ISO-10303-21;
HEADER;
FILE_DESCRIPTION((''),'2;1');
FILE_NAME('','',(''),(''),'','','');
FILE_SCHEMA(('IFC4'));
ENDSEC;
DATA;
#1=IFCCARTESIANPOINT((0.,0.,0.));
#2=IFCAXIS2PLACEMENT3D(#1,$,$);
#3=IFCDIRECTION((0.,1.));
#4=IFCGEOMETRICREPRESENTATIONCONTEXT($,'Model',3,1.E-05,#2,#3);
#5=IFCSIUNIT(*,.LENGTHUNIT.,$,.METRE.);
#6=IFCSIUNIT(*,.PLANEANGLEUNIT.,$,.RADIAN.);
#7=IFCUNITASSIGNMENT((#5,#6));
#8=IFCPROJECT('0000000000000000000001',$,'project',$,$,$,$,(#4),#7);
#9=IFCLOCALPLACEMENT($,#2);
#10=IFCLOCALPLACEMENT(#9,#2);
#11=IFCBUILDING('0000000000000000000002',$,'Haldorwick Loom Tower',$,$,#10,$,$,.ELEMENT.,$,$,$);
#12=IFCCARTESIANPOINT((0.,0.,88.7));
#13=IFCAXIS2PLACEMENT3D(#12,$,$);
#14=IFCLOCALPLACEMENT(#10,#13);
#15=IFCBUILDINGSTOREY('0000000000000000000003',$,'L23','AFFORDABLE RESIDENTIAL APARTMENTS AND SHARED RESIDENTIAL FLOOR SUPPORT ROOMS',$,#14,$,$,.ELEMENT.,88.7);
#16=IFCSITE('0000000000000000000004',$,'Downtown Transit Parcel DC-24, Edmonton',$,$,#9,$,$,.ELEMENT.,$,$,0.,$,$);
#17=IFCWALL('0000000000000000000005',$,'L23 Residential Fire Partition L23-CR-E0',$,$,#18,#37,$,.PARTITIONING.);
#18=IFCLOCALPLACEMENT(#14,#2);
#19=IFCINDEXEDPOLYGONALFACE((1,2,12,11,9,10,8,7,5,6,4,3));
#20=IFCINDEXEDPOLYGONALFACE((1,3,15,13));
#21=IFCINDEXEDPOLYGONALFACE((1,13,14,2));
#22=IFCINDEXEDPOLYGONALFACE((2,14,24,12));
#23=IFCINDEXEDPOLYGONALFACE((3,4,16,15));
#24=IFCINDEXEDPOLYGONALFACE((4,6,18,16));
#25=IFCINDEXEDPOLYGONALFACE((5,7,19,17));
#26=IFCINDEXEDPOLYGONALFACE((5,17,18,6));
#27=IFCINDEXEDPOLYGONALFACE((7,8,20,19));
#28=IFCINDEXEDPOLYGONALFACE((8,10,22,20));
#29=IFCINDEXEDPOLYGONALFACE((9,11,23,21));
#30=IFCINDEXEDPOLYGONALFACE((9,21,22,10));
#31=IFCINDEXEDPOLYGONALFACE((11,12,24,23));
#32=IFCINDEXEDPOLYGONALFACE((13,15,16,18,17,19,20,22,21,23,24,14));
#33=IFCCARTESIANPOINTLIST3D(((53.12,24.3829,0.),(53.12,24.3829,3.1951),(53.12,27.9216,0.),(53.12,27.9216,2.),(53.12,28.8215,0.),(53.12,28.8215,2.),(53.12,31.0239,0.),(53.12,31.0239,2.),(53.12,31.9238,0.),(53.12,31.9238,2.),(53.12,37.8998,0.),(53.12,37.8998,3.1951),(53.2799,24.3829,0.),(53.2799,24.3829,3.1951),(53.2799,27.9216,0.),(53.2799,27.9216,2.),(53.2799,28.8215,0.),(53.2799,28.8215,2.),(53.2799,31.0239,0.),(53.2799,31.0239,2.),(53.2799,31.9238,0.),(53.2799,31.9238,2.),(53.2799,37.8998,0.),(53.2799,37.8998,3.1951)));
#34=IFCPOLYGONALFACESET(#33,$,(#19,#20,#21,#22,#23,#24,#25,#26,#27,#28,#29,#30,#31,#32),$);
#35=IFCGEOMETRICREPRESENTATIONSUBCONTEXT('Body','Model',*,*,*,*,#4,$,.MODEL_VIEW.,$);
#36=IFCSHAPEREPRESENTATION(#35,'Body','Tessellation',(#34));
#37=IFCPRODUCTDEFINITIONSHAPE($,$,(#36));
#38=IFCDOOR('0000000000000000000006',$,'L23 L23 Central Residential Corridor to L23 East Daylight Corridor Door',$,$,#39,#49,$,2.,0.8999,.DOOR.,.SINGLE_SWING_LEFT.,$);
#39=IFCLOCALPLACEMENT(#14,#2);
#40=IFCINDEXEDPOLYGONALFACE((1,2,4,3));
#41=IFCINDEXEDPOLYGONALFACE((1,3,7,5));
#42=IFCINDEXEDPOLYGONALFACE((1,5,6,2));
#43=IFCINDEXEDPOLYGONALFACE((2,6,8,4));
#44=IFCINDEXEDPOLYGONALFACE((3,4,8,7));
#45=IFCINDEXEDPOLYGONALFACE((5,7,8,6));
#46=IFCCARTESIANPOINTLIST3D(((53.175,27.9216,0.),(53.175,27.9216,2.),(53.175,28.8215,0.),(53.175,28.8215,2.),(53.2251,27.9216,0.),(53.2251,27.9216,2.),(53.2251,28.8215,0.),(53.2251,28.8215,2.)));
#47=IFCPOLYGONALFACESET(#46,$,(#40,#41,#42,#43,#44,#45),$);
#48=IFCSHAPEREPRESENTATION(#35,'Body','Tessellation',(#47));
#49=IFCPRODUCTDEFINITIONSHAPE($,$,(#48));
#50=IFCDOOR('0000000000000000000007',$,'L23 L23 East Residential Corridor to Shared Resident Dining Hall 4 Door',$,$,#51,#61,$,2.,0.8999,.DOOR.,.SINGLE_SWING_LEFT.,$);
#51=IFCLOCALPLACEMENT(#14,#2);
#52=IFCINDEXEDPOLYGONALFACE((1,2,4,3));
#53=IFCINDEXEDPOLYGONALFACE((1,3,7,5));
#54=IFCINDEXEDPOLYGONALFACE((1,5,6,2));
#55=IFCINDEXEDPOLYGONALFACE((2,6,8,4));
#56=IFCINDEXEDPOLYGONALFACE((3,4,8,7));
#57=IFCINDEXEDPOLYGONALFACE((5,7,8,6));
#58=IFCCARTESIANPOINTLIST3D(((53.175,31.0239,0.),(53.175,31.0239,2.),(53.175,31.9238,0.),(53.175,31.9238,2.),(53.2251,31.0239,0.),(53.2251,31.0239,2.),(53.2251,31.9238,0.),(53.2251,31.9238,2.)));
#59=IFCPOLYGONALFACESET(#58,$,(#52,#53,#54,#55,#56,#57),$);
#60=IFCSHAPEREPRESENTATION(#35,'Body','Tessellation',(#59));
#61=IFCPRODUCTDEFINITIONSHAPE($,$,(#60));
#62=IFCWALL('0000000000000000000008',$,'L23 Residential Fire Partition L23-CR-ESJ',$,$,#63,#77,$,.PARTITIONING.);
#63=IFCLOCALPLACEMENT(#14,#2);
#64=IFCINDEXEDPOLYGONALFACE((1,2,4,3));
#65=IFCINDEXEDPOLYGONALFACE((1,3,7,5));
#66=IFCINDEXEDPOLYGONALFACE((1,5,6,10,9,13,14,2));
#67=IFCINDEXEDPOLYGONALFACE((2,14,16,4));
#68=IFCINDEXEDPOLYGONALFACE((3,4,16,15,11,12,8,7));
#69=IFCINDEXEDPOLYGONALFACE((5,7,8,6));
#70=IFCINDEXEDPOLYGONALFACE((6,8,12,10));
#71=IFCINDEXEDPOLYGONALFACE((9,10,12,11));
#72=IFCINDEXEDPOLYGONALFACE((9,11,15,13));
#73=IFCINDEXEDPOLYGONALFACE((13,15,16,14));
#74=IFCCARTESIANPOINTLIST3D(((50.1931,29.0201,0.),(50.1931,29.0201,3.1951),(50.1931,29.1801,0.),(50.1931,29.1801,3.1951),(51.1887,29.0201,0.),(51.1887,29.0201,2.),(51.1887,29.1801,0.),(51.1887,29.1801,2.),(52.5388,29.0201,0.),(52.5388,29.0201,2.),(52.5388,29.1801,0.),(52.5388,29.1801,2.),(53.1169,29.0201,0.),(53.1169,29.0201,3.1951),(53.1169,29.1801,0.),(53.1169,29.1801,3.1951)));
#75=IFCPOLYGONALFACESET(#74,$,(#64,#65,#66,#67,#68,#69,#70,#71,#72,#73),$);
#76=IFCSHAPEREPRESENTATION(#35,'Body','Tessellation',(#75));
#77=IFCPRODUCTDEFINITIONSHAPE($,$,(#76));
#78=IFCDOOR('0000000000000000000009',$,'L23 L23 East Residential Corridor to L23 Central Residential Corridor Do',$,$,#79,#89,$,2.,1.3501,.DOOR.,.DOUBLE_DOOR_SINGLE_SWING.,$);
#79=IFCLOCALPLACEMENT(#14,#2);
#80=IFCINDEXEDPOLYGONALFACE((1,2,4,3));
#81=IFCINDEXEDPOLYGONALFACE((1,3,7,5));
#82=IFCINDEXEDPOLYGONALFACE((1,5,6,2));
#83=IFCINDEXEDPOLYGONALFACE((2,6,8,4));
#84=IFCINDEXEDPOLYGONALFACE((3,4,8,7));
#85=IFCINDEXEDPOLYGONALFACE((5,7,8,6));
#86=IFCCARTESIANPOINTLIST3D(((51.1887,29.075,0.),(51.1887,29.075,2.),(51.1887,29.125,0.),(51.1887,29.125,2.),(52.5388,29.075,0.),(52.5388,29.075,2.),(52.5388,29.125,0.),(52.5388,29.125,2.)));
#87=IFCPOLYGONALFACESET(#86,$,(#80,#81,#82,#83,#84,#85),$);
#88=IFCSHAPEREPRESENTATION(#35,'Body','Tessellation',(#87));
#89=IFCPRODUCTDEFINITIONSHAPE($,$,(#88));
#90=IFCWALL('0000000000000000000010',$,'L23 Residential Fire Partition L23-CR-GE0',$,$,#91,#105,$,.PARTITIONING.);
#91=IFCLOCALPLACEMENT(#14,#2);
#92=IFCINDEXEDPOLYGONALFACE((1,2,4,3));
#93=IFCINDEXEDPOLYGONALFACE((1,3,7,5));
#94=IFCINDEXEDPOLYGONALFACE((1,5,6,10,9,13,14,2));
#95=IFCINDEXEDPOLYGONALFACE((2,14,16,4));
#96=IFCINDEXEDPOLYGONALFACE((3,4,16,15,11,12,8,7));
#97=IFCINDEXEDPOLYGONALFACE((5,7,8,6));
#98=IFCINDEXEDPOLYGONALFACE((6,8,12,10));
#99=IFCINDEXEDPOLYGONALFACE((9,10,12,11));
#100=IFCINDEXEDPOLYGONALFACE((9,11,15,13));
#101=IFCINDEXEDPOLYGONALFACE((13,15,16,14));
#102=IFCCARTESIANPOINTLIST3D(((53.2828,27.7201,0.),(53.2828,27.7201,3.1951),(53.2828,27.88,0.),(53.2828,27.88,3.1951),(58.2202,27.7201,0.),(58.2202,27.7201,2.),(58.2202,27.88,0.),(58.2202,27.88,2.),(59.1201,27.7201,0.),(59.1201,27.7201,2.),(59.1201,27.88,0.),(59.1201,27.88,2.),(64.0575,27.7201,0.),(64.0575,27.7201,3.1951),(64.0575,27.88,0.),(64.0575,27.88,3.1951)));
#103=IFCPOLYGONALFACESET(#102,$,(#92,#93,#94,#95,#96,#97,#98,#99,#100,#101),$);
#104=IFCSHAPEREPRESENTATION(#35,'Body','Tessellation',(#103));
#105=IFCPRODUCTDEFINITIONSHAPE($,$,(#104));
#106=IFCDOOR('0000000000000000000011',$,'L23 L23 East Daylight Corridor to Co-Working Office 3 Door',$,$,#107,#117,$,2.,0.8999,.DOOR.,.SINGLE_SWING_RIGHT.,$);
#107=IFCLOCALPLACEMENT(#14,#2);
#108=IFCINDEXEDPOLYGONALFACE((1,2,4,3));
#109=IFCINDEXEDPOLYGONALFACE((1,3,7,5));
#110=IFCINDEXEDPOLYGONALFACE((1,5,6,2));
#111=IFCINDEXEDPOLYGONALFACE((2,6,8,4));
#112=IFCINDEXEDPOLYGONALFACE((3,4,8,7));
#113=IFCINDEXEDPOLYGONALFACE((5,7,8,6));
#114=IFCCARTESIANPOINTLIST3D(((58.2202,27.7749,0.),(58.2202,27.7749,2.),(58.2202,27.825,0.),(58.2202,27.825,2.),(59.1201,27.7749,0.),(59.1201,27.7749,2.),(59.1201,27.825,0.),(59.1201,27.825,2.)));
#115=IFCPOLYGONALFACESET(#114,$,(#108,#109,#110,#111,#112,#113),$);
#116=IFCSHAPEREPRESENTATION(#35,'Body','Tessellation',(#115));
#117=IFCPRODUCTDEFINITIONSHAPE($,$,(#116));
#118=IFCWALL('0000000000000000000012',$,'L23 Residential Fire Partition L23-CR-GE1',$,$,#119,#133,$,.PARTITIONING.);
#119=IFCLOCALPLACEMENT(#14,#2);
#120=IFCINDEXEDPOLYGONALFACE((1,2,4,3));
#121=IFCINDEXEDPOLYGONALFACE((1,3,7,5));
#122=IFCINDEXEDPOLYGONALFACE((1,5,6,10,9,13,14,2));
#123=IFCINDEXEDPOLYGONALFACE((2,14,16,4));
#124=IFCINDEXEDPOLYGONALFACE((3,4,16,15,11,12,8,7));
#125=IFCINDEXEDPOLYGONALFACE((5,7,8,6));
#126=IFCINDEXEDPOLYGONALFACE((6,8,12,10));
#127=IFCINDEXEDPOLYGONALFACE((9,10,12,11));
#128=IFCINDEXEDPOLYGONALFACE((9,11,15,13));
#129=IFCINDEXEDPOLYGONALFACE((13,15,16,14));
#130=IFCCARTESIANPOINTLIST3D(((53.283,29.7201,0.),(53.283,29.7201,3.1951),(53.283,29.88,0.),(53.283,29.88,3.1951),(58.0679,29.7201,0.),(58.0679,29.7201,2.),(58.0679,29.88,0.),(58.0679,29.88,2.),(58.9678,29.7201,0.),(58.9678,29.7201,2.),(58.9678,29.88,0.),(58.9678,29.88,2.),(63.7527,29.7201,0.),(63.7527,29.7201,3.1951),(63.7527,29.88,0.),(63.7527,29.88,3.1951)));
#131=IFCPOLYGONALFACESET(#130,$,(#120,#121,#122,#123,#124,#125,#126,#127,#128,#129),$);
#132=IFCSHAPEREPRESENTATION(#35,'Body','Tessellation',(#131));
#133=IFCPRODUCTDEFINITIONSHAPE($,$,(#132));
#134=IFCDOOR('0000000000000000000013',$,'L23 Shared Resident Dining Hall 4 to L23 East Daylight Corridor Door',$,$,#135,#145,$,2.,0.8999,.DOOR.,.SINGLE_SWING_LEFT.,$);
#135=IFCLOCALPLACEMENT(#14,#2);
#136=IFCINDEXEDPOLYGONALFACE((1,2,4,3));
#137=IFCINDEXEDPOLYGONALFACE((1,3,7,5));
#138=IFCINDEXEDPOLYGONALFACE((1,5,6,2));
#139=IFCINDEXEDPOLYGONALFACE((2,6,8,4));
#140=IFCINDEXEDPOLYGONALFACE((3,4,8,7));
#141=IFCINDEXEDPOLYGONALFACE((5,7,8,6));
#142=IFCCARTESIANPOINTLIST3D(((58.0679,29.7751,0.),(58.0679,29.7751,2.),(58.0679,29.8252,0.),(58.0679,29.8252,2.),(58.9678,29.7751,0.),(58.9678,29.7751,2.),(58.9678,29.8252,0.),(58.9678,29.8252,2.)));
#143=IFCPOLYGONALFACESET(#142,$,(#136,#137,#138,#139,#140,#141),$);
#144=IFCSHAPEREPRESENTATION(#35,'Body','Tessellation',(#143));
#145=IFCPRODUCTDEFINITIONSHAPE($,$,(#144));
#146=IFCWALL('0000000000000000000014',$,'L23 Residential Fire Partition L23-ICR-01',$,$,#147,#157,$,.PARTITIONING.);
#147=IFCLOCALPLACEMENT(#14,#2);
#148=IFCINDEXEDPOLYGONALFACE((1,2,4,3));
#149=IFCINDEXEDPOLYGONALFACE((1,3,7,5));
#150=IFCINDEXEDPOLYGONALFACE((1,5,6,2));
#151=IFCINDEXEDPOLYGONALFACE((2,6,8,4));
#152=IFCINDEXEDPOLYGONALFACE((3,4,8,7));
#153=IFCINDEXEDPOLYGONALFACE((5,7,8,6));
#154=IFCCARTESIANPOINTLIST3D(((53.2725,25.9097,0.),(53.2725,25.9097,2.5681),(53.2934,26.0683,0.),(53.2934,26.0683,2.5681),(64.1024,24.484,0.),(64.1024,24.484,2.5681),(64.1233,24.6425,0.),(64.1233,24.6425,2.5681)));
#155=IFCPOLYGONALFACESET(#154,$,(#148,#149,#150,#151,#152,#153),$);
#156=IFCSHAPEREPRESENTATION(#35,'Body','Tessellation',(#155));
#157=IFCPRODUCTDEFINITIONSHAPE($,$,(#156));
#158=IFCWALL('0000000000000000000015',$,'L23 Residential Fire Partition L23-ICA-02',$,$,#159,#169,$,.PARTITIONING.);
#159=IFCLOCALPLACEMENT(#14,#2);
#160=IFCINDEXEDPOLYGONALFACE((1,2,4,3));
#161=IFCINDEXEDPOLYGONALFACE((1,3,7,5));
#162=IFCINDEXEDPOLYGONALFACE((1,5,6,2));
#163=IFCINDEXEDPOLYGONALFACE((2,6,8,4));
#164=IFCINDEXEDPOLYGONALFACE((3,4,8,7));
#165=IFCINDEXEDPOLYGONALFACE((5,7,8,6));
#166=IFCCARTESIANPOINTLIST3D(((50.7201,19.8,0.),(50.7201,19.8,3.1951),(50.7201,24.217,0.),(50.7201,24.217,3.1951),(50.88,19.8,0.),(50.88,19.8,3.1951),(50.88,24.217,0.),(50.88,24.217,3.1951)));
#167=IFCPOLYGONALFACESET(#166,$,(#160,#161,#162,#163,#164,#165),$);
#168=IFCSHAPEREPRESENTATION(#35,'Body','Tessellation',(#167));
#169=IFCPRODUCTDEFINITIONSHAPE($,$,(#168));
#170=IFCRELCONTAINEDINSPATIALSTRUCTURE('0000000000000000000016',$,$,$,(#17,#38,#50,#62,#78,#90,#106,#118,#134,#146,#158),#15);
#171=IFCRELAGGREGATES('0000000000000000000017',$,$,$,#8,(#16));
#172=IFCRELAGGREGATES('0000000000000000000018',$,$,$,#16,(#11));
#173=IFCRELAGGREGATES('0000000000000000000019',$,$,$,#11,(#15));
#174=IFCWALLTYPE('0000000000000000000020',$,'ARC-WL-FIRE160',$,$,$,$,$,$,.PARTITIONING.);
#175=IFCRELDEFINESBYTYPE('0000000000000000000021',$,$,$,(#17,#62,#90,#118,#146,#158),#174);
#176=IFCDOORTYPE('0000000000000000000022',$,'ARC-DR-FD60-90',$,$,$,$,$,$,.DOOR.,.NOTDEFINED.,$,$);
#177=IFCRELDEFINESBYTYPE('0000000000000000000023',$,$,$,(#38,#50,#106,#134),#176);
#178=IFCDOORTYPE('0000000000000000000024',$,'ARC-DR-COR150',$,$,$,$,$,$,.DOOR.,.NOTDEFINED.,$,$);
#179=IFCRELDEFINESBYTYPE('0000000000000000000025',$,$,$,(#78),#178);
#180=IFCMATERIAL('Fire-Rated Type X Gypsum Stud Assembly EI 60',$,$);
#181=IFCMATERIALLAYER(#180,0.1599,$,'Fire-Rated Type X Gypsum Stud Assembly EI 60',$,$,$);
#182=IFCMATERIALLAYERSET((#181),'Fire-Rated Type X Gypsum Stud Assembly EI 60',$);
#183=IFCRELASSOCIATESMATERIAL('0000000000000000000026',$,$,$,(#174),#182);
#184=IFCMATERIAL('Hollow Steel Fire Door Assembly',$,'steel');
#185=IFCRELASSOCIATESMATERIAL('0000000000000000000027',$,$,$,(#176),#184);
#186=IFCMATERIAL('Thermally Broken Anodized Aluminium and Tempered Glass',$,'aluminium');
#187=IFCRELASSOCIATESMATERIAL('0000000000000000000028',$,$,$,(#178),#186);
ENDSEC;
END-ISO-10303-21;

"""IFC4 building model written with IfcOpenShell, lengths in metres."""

from ifc_helpers import new_model, si_unit, direction, frame, frame_2d, origin, place, context, subcontext, project, spatial, rectangle, extrude, material, layer, layer_set, type_object, element, fill, save


model = new_model("IFC4")

# Units and contexts
model_context = context("Model", 3, precision=1e-05, world=origin(), true_north=direction((0.0, 1.0)))
body_context = subcontext(model_context, "Body", "Model", "MODEL_VIEW")
ifc_project = project(units=[si_unit("LENGTHUNIT", "METRE"), si_unit("PLANEANGLEUNIT", "RADIAN")], contexts=[model_context])

# Site, building, storey
site_placement = place(None, origin())
site = spatial("IfcSite", under=ifc_project, at=site_placement, Name="Downtown Transit Parcel DC-24, Edmonton", CompositionType="ELEMENT", RefElevation=0.0)
building_placement = place(site_placement, origin())
building = spatial("IfcBuilding", under=site, at=building_placement, Name="Haldorwick Loom Tower", CompositionType="ELEMENT")
storey_placement = place(building_placement, frame((0.0, 0.0, 88.7)))
storey = spatial("IfcBuildingStorey", under=building, at=storey_placement, Name="L23", Description="AFFORDABLE RESIDENTIAL APARTMENTS AND SHARED RESIDENTIAL FLOOR SUPPORT ROOMS", CompositionType="ELEMENT", Elevation=88.7)

# Wall, openings, doors
ifc_material_1 = material(Name="Fire-Rated Type X Gypsum Stud Assembly EI 60")
ifc_layer_1 = layer(ifc_material_1, 0.1599, Name="Fire-Rated Type X Gypsum Stud Assembly EI 60")
ifc_layer_set_1 = layer_set([ifc_layer_1], Name="Fire-Rated Type X Gypsum Stud Assembly EI 60")
wall_type_1 = type_object("IfcWallType", Name="ARC-WL-FIRE160", PredefinedType="PARTITIONING", material=ifc_layer_set_1)
wall_1_placement = place(storey_placement, frame((53.2, 24.3831, 0.0), z_axis=(0.0, 0.0, 1.0), x_axis=(0.0, 1.0, 0.0)))
wall_1 = element("IfcWall", 1, at=wall_1_placement, inside=storey, type_object=wall_type_1, Name="L23 Residential Fire Partition L23-CR-E0", PredefinedType="PARTITIONING", context=body_context, shape_type="SweptSolid", body=[
    extrude(rectangle(XDim=13.5168, YDim=0.1599, at=frame_2d((6.7583, 0.0))), origin(), (0.0, 0.0, 1.0), 3.1951),
])
opening_1_placement = place(wall_1_placement, frame((3.5386, 0.0, 0.0)))
opening_1 = element("IfcOpeningElement", 2, at=opening_1_placement, cuts=wall_1, PredefinedType="OPENING", context=body_context, shape_type="SweptSolid", body=[
    extrude(rectangle(XDim=0.8999, YDim=2.0, at=frame_2d((0.45, 1.0))), frame((0.0, 0.0898, 0.0), z_axis=(0.0, -1.0, 0.0), x_axis=(1.0, 0.0, 0.0)), (0.0, 0.0, 1.0), 0.1799),
])
opening_2_placement = place(wall_1_placement, frame((6.6409, 0.0, 0.0)))
opening_2 = element("IfcOpeningElement", 3, at=opening_2_placement, cuts=wall_1, PredefinedType="OPENING", context=body_context, shape_type="SweptSolid", body=[
    extrude(rectangle(XDim=0.8999, YDim=2.0, at=frame_2d((0.45, 1.0))), frame((0.0, 0.0898, 0.0), z_axis=(0.0, -1.0, 0.0), x_axis=(1.0, 0.0, 0.0)), (0.0, 0.0, 1.0), 0.1799),
])
ifc_material_2 = material(Name="Hollow Steel Fire Door Assembly", Category="steel")
door_type_1 = type_object("IfcDoorType", Name="ARC-DR-FD60-90", OperationType="NOTDEFINED", PredefinedType="DOOR", material=ifc_material_2)
door_1_placement = place(opening_1_placement, origin())
door_1 = element("IfcDoor", 4, at=door_1_placement, inside=storey, type_object=door_type_1, Name="L23 L23 Central Residential Corridor to L23 East Daylight Corridor Door", OperationType="SINGLE_SWING_LEFT", OverallHeight=2.0, OverallWidth=0.8999, PredefinedType="DOOR", context=body_context, shape_type="SweptSolid", body=[
    extrude(rectangle(XDim=0.8999, YDim=2.0, at=frame_2d((0.45, 1.0))), frame((0.0, 0.0249, 0.0), z_axis=(0.0, -1.0, 0.0), x_axis=(1.0, 0.0, 0.0)), (0.0, 0.0, 1.0), 0.05),
])
fill(opening_1, door_1)
door_2_placement = place(opening_2_placement, origin())
door_2 = element("IfcDoor", 5, at=door_2_placement, inside=storey, type_object=door_type_1, Name="L23 L23 East Residential Corridor to Shared Resident Dining Hall 4 Door", OperationType="SINGLE_SWING_LEFT", OverallHeight=2.0, OverallWidth=0.8999, PredefinedType="DOOR", context=body_context, shape_type="SweptSolid", body=[
    extrude(rectangle(XDim=0.8999, YDim=2.0, at=frame_2d((0.45, 1.0))), frame((0.0, 0.0249, 0.0), z_axis=(0.0, -1.0, 0.0), x_axis=(1.0, 0.0, 0.0)), (0.0, 0.0, 1.0), 0.05),
])
fill(opening_2, door_2)

# Walls, openings, doors
wall_2_placement = place(storey_placement, frame((50.1931, 29.1001, 0.0), z_axis=(0.0, 0.0, 1.0), x_axis=(1.0, 0.0, 0.0)))
wall_2 = element("IfcWall", 6, at=wall_2_placement, inside=storey, type_object=wall_type_1, Name="L23 Residential Fire Partition L23-CR-ESJ", PredefinedType="PARTITIONING", context=body_context, shape_type="SweptSolid", body=[
    extrude(rectangle(XDim=2.9238, YDim=0.1599, at=frame_2d((1.4619, 0.0))), origin(), (0.0, 0.0, 1.0), 3.1951),
])
opening_3_placement = place(wall_2_placement, frame((0.9956, 0.0, 0.0)))
opening_3 = element("IfcOpeningElement", 7, at=opening_3_placement, cuts=wall_2, PredefinedType="OPENING", context=body_context, shape_type="SweptSolid", body=[
    extrude(rectangle(XDim=1.3501, YDim=2.0, at=frame_2d((0.675, 1.0))), frame((0.0, 0.0898, 0.0), z_axis=(0.0, -1.0, 0.0), x_axis=(1.0, 0.0, 0.0)), (0.0, 0.0, 1.0), 0.1799),
])
ifc_material_3 = material(Name="Thermally Broken Anodized Aluminium and Tempered Glass", Category="aluminium")
door_type_2 = type_object("IfcDoorType", Name="ARC-DR-COR150", OperationType="NOTDEFINED", PredefinedType="DOOR", material=ifc_material_3)
door_3_placement = place(opening_3_placement, origin())
door_3 = element("IfcDoor", 8, at=door_3_placement, inside=storey, type_object=door_type_2, Name="L23 L23 East Residential Corridor to L23 Central Residential Corridor Do", OperationType="DOUBLE_DOOR_SINGLE_SWING", OverallHeight=2.0, OverallWidth=1.3501, PredefinedType="DOOR", context=body_context, shape_type="SweptSolid", body=[
    extrude(rectangle(XDim=1.3501, YDim=2.0, at=frame_2d((0.675, 1.0))), frame((0.0, 0.0249, 0.0), z_axis=(0.0, -1.0, 0.0), x_axis=(1.0, 0.0, 0.0)), (0.0, 0.0, 1.0), 0.05),
])
fill(opening_3, door_3)
wall_3_placement = place(storey_placement, frame((53.283, 27.8, 0.0), z_axis=(0.0, 0.0, 1.0), x_axis=(1.0, 0.0, 0.0)))
wall_3 = element("IfcWall", 9, at=wall_3_placement, inside=storey, type_object=wall_type_1, Name="L23 Residential Fire Partition L23-CR-GE0", PredefinedType="PARTITIONING", context=body_context, shape_type="SweptSolid", body=[
    extrude(rectangle(XDim=10.7747, YDim=0.1599, at=frame_2d((5.3872, 0.0))), origin(), (0.0, 0.0, 1.0), 3.1951),
])
opening_4_placement = place(wall_3_placement, frame((4.9373, 0.0, 0.0)))
opening_4 = element("IfcOpeningElement", 10, at=opening_4_placement, cuts=wall_3, PredefinedType="OPENING", context=body_context, shape_type="SweptSolid", body=[
    extrude(rectangle(XDim=0.8999, YDim=2.0, at=frame_2d((0.45, 1.0))), frame((0.0, 0.0898, 0.0), z_axis=(0.0, -1.0, 0.0), x_axis=(1.0, 0.0, 0.0)), (0.0, 0.0, 1.0), 0.1799),
])
door_4_placement = place(opening_4_placement, origin())
door_4 = element("IfcDoor", 11, at=door_4_placement, inside=storey, type_object=door_type_1, Name="L23 L23 East Daylight Corridor to Co-Working Office 3 Door", OperationType="SINGLE_SWING_RIGHT", OverallHeight=2.0, OverallWidth=0.8999, PredefinedType="DOOR", context=body_context, shape_type="SweptSolid", body=[
    extrude(rectangle(XDim=0.8999, YDim=2.0, at=frame_2d((0.45, 1.0))), frame((0.0, 0.0249, 0.0), z_axis=(0.0, -1.0, 0.0), x_axis=(1.0, 0.0, 0.0)), (0.0, 0.0, 1.0), 0.05),
])
fill(opening_4, door_4)
wall_4_placement = place(storey_placement, frame((53.283, 29.8, 0.0), z_axis=(0.0, 0.0, 1.0), x_axis=(1.0, 0.0, 0.0)))
wall_4 = element("IfcWall", 12, at=wall_4_placement, inside=storey, type_object=wall_type_1, Name="L23 Residential Fire Partition L23-CR-GE1", PredefinedType="PARTITIONING", context=body_context, shape_type="SweptSolid", body=[
    extrude(rectangle(XDim=10.4697, YDim=0.1599, at=frame_2d((5.2349, 0.0))), origin(), (0.0, 0.0, 1.0), 3.1951),
])
opening_5_placement = place(wall_4_placement, frame((4.7849, 0.0, 0.0)))
opening_5 = element("IfcOpeningElement", 13, at=opening_5_placement, cuts=wall_4, PredefinedType="OPENING", context=body_context, shape_type="SweptSolid", body=[
    extrude(rectangle(XDim=0.8999, YDim=2.0, at=frame_2d((0.45, 1.0))), frame((0.0, 0.0898, 0.0), z_axis=(0.0, -1.0, 0.0), x_axis=(1.0, 0.0, 0.0)), (0.0, 0.0, 1.0), 0.1799),
])
door_5_placement = place(opening_5_placement, frame((0.8999, 0.0, 0.0), z_axis=(0.0, 0.0, 1.0), x_axis=(-1.0, 0.0, 0.0)))
door_5 = element("IfcDoor", 14, at=door_5_placement, inside=storey, type_object=door_type_1, Name="L23 Shared Resident Dining Hall 4 to L23 East Daylight Corridor Door", OperationType="SINGLE_SWING_LEFT", OverallHeight=2.0, OverallWidth=0.8999, PredefinedType="DOOR", context=body_context, shape_type="SweptSolid", body=[
    extrude(rectangle(XDim=0.8999, YDim=2.0, at=frame_2d((0.45, 1.0))), frame((0.0, 0.0249, 0.0), z_axis=(0.0, -1.0, 0.0), x_axis=(1.0, 0.0, 0.0)), (0.0, 0.0, 1.0), 0.05),
])
fill(opening_5, door_5)

# Walls
wall_5_placement = place(storey_placement, frame((53.283, 25.989, 0.0), z_axis=(0.0, 0.0, 1.0), x_axis=(0.991445, -0.130527, 0.0)))
element("IfcWall", 15, at=wall_5_placement, inside=storey, type_object=wall_type_1, Name="L23 Residential Fire Partition L23-ICR-01", PredefinedType="PARTITIONING", context=body_context, shape_type="SweptSolid", body=[
    extrude(rectangle(XDim=10.9233, YDim=0.1599, at=frame_2d((5.4617, 0.0))), origin(), (0.0, 0.0, 1.0), 2.5681),
])
wall_6_placement = place(storey_placement, frame((50.8, 24.217, 0.0), z_axis=(0.0, 0.0, 1.0), x_axis=(0.0, -1.0, 0.0)))
element("IfcWall", 16, at=wall_6_placement, inside=storey, type_object=wall_type_1, Name="L23 Residential Fire Partition L23-ICA-02", PredefinedType="PARTITIONING", context=body_context, shape_type="SweptSolid", body=[
    extrude(rectangle(XDim=4.417, YDim=0.1599, at=frame_2d((2.2085, 0.0))), origin(), (0.0, 0.0, 1.0), 3.1951),
])

save(model, "model.ifc")
